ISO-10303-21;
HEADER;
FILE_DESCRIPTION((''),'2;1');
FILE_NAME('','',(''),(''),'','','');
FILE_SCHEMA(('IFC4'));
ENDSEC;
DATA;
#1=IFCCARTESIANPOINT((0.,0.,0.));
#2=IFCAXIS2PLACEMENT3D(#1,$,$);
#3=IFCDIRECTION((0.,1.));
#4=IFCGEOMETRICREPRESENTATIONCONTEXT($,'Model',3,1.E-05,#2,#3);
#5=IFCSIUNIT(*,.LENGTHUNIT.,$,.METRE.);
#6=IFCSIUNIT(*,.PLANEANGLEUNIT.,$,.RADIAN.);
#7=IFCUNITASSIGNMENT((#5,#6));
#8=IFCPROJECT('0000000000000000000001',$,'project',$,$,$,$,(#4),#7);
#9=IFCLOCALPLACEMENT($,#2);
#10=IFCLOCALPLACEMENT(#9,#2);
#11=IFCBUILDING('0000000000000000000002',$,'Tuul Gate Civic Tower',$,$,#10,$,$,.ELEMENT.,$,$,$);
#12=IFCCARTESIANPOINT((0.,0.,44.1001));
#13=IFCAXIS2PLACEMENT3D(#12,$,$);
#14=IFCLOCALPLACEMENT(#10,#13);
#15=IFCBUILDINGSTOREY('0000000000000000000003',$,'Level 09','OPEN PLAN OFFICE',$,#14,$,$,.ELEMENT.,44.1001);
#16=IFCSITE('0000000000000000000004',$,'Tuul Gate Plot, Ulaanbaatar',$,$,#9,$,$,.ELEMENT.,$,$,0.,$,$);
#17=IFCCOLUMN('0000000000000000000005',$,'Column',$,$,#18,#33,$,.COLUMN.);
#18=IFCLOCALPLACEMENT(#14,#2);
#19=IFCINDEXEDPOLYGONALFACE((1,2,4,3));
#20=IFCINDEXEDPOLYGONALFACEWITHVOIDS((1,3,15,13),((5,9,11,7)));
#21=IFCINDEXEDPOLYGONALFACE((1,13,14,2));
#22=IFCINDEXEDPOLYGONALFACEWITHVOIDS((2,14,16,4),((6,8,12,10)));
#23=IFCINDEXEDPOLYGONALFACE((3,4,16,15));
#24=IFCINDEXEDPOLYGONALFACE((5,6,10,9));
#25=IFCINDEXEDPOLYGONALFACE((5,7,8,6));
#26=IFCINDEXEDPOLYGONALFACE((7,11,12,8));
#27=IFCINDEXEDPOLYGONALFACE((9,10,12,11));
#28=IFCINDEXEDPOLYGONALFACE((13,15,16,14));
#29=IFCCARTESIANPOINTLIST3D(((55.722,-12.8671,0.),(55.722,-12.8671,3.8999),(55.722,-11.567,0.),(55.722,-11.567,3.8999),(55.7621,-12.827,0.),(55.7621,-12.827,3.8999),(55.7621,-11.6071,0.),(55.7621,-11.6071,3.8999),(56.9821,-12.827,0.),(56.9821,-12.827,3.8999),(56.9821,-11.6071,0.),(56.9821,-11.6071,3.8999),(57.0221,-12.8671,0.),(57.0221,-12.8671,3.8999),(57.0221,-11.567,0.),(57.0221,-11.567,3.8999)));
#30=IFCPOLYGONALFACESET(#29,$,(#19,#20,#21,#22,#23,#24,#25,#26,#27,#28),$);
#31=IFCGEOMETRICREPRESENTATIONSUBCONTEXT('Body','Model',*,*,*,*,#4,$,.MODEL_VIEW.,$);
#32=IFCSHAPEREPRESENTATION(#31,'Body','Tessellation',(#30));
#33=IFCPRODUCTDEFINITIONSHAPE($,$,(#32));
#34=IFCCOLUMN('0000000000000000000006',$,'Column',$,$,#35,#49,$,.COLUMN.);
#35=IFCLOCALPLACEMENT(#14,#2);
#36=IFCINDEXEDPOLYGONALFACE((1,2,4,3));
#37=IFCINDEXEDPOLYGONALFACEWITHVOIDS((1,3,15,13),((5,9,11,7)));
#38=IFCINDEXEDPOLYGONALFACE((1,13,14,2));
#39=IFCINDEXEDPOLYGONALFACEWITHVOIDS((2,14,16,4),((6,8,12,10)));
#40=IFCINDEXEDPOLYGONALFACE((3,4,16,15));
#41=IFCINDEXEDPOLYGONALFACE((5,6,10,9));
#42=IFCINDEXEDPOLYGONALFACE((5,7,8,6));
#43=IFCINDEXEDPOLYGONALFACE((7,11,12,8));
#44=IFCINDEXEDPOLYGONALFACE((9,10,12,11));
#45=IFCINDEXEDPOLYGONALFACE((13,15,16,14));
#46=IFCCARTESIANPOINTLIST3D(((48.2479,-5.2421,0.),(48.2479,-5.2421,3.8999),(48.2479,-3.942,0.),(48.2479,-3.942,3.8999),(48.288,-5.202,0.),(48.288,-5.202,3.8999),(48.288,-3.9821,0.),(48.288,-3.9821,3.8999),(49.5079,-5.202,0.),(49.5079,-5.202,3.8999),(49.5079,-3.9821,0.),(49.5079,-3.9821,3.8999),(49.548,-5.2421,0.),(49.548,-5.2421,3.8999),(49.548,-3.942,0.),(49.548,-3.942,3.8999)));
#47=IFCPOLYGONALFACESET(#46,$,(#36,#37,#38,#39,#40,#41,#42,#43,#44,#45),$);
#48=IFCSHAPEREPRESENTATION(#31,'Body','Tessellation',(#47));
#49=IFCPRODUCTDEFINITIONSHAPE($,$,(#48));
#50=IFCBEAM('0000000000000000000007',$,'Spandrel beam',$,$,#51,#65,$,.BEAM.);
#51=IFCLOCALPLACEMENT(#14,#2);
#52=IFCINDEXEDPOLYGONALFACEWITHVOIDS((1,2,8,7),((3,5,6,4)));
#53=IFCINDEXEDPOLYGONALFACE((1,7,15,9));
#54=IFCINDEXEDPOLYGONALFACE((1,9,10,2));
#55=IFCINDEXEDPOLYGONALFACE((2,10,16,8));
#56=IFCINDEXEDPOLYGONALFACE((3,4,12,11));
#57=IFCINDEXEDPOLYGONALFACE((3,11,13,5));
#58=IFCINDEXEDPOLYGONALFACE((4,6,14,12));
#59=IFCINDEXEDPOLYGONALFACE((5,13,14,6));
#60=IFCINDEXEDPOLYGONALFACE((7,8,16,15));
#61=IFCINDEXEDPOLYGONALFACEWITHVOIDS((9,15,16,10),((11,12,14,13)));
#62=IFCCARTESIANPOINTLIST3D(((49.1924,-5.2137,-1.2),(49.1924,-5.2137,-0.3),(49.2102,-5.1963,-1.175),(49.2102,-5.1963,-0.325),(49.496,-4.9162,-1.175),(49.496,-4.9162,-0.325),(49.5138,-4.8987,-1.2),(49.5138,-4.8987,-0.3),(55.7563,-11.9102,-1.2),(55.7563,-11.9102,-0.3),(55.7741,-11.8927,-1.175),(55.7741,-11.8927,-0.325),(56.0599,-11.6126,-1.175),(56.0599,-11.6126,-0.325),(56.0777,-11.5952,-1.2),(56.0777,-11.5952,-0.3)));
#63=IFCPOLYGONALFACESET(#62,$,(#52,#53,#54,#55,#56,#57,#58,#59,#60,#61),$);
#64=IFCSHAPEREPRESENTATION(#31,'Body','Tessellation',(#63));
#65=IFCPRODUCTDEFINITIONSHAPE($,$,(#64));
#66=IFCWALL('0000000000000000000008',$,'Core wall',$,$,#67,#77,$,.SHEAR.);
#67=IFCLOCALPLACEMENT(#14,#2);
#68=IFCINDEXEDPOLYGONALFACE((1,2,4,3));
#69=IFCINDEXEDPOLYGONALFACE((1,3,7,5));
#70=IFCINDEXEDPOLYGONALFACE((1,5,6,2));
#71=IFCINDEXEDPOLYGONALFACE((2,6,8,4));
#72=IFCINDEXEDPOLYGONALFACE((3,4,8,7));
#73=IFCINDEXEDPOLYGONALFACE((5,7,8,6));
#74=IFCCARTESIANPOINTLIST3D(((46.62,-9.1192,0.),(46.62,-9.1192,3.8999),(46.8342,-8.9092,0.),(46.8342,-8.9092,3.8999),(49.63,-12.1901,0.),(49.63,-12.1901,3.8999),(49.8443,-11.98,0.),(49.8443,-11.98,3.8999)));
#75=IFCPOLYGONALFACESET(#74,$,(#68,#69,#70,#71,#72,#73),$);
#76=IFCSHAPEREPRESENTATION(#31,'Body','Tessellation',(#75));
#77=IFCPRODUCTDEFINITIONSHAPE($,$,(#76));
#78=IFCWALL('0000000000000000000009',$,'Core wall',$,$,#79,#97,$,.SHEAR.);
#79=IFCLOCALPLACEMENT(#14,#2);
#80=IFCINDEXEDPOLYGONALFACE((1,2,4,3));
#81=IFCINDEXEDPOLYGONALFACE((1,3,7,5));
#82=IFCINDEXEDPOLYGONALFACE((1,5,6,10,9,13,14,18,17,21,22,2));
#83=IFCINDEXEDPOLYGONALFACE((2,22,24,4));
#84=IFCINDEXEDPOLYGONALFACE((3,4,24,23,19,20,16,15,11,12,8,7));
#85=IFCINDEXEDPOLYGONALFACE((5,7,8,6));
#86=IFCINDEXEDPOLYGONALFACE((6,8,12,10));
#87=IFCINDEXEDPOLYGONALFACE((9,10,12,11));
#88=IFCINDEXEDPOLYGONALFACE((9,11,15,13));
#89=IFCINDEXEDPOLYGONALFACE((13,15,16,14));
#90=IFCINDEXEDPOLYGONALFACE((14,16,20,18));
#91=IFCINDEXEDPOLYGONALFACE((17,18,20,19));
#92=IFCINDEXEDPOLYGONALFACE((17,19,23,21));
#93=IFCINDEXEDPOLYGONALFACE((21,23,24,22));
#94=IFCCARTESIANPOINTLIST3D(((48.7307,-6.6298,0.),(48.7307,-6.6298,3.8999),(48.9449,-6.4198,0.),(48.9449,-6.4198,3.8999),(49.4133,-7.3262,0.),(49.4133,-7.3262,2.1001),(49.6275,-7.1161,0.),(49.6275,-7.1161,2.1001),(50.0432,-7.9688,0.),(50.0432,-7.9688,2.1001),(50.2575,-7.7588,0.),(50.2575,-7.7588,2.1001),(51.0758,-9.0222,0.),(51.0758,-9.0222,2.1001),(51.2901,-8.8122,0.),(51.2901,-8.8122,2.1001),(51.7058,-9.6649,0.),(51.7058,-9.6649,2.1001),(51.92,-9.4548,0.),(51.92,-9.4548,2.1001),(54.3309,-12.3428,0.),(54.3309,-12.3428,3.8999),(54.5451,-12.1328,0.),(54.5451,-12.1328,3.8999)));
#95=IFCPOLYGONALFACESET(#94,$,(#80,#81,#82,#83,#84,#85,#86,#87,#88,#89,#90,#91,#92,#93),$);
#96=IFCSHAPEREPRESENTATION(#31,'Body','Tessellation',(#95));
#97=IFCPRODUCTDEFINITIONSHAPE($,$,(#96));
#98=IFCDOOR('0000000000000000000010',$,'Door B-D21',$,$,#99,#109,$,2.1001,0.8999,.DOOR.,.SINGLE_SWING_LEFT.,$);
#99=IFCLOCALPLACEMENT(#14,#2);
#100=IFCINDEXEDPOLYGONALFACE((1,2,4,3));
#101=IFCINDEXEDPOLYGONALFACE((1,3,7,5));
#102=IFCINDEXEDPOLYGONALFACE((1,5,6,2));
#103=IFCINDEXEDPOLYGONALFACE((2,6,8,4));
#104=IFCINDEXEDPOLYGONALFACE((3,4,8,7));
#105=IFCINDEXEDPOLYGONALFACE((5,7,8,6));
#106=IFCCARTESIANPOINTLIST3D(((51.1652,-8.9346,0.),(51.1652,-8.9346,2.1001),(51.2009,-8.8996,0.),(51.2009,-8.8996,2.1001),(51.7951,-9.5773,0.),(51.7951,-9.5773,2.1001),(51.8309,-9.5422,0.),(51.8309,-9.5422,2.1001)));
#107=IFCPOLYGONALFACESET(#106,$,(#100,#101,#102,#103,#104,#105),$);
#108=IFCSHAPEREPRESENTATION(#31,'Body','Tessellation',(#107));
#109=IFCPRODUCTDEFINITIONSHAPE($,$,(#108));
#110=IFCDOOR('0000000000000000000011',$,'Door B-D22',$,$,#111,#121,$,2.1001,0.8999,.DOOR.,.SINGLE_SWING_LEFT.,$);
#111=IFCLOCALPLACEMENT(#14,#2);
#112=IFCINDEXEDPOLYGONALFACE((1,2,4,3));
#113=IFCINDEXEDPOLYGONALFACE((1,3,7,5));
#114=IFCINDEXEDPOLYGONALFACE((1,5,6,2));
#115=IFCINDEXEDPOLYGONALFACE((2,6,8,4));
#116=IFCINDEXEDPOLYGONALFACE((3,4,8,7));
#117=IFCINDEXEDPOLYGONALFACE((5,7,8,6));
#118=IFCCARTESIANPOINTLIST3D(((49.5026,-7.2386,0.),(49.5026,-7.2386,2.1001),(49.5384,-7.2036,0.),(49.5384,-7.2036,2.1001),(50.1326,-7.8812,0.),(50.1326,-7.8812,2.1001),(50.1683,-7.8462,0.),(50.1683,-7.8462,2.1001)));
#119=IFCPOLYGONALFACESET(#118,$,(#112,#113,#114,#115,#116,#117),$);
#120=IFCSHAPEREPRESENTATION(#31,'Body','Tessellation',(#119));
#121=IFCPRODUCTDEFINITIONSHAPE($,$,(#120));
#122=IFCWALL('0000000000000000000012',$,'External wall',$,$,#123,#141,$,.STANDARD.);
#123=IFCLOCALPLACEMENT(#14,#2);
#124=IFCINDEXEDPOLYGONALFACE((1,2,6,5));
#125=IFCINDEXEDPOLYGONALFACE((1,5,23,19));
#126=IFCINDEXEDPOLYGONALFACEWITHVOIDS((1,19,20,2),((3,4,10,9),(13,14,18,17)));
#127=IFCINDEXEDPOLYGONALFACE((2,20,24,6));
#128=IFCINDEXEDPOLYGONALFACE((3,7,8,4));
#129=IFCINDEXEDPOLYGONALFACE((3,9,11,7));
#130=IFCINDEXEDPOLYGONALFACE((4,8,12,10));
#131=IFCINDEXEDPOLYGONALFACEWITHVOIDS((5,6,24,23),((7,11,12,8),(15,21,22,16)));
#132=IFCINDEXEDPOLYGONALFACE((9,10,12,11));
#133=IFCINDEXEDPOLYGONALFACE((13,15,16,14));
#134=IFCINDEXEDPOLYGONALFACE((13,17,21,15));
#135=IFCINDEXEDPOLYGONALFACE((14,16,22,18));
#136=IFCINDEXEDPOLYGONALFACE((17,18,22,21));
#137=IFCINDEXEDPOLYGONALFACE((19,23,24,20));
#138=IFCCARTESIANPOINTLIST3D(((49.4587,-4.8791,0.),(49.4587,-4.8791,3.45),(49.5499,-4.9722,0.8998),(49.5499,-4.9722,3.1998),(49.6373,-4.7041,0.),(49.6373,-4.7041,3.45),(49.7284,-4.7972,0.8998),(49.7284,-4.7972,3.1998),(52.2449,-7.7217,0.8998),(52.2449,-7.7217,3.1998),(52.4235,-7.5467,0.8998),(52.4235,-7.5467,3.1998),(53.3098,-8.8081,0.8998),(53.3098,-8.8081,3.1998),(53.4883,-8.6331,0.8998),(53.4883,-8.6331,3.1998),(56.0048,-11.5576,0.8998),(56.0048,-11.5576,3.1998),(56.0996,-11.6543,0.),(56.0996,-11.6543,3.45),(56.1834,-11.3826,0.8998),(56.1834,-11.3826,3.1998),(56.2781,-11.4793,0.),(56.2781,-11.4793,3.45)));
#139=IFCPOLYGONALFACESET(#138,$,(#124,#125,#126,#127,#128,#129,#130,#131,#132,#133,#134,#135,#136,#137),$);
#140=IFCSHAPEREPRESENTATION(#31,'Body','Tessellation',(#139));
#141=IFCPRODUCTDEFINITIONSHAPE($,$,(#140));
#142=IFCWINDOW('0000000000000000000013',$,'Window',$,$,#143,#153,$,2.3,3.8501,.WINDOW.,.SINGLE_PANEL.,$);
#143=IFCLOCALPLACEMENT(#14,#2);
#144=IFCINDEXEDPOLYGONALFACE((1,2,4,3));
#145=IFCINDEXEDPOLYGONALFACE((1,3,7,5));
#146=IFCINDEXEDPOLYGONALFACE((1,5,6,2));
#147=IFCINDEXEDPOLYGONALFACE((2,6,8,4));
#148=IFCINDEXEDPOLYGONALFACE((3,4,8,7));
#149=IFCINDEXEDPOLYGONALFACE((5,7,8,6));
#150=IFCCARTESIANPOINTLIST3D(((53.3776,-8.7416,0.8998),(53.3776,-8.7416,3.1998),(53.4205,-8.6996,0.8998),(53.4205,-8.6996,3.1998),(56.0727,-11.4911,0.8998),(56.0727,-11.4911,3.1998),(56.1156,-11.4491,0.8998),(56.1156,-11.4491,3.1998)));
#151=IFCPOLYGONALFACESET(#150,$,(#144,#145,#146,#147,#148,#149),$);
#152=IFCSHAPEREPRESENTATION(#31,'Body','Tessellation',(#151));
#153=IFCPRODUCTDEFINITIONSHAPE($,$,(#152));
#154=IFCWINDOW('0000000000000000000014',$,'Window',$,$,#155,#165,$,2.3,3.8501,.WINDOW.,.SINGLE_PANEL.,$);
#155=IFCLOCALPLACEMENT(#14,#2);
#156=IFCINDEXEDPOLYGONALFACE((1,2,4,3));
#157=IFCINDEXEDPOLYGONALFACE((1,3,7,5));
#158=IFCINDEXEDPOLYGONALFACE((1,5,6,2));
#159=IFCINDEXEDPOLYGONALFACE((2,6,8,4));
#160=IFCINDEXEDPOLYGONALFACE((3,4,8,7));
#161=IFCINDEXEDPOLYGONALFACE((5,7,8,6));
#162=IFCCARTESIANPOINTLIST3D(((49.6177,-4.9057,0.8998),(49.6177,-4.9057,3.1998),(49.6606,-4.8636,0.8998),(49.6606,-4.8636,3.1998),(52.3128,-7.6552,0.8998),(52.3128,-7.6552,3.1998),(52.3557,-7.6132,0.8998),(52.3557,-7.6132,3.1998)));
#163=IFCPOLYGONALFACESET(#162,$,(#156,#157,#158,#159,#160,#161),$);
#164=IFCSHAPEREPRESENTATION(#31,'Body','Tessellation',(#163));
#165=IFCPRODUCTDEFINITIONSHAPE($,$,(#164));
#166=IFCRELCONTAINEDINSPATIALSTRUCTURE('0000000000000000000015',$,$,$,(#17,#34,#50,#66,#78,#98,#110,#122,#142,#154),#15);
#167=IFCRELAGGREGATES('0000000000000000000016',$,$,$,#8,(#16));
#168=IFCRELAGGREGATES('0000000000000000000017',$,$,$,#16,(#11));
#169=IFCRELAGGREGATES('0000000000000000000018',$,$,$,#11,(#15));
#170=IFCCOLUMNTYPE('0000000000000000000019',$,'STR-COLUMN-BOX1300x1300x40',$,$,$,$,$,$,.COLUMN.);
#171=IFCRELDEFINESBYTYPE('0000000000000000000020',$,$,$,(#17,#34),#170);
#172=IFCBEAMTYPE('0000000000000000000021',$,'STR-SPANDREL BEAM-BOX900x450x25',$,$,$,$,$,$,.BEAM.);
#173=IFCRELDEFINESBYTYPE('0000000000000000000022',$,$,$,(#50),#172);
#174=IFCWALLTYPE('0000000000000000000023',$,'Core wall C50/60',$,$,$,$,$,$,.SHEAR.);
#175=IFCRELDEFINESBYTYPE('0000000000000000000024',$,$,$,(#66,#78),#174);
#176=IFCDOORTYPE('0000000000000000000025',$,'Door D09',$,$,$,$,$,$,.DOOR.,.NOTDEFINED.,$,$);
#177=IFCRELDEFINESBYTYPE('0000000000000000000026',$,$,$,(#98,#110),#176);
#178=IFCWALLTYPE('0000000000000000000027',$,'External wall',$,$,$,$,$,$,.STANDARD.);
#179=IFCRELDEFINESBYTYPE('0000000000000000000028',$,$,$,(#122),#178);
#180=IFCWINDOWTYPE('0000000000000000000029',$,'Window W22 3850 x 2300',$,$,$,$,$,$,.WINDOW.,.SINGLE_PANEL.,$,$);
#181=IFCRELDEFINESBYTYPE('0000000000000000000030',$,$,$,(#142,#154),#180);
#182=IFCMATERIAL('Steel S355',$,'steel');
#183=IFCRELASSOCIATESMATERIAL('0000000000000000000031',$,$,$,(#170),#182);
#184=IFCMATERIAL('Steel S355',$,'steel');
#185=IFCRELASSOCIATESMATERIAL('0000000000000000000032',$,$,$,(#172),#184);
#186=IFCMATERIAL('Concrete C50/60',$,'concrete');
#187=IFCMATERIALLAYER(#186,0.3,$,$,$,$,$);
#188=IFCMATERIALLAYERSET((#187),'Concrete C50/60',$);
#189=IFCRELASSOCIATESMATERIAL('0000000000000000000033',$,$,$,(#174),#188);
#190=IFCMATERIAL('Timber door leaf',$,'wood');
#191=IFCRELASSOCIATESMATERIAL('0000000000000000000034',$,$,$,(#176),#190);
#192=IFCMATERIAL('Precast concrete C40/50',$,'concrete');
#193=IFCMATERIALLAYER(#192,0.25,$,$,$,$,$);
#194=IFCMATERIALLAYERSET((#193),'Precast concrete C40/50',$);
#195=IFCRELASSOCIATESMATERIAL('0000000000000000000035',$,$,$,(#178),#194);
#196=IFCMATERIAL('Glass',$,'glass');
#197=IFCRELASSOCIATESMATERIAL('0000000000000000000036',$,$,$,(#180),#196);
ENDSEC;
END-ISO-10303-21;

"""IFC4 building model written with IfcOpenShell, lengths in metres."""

from ifc_helpers import new_model, si_unit, direction, frame, frame_2d, origin, origin_2d, place, context, subcontext, project, spatial, rectangle, hollow_rectangle, extrude, material, layer, layer_set, material_profile, profile_set, type_object, element, fill, save


model = new_model("IFC4")

# Units and contexts
model_context = context("Model", 3, precision=1e-05, world=origin(), true_north=direction((0.0, 1.0)))
body_context = subcontext(model_context, "Body", "Model", "MODEL_VIEW")
ifc_project = project(units=[si_unit("LENGTHUNIT", "METRE"), si_unit("PLANEANGLEUNIT", "RADIAN")], contexts=[model_context])

# Site, building, storey
site_placement = place(None, origin())
site = spatial("IfcSite", under=ifc_project, at=site_placement, Name="Tuul Gate Plot, Ulaanbaatar", CompositionType="ELEMENT", RefElevation=0.0)
building_placement = place(site_placement, origin())
building = spatial("IfcBuilding", under=site, at=building_placement, Name="Tuul Gate Civic Tower", CompositionType="ELEMENT")
storey_placement = place(building_placement, frame((0.0, 0.0, 44.1001)))
storey = spatial("IfcBuildingStorey", under=building, at=storey_placement, Name="Level 09", Description="OPEN PLAN OFFICE", CompositionType="ELEMENT", Elevation=44.1001)

# Columns
ifc_material_1 = material(Name="Steel S355", Category="steel")
ifc_material_profile_1 = material_profile(ifc_material_1, hollow_rectangle(XDim=1.3, YDim=1.3, WallThickness=0.04, at=origin_2d()), Name="BOX1300x1300x40")
ifc_profile_set_1 = profile_set([ifc_material_profile_1], Name="Steel S355")
column_type = type_object("IfcColumnType", Name="STR-COLUMN-BOX1300x1300x40", PredefinedType="COLUMN", material=ifc_profile_set_1)
for number, where, z_axis, x_axis, name in (
    (1, (56.3721, -12.217, 0.0), (0.0, 0.0, 1.0), (1.0, 0.0, 0.0), "Column"),
    (2, (48.8979, -4.592, 0.0), (0.0, 0.0, 1.0), (1.0, 0.0, 0.0), "Column"),
):
    element("IfcColumn", number, at=place(storey_placement, frame(where, z_axis=z_axis, x_axis=x_axis)), inside=storey, type_object=column_type, Name=name, PredefinedType="COLUMN", context=body_context, shape_type="SweptSolid", body=[
        extrude(hollow_rectangle(XDim=1.3, YDim=1.3, WallThickness=0.04, at=origin_2d()), origin(), (0.0, 0.0, 1.0), 3.8999),
    ])

# Beam
ifc_material_2 = material(Name="Steel S355", Category="steel")
ifc_material_profile_2 = material_profile(ifc_material_2, hollow_rectangle(XDim=0.45, YDim=0.8999, WallThickness=0.0249, at=origin_2d()), Name="BOX900x450x25")
ifc_profile_set_2 = profile_set([ifc_material_profile_2], Name="Steel S355")
beam_type = type_object("IfcBeamType", Name="STR-SPANDREL BEAM-BOX900x450x25", PredefinedType="BEAM", material=ifc_profile_set_2)
beam_placement = place(storey_placement, frame((55.917, -11.7527, -0.75), z_axis=(-0.700003, 0.71414, 0.0), x_axis=(-0.71414, -0.700003, 0.0)))
element("IfcBeam", 3, at=beam_placement, inside=storey, type_object=beam_type, Name="Spandrel beam", PredefinedType="BEAM", context=body_context, shape_type="SweptSolid", body=[
    extrude(hollow_rectangle(XDim=0.45, YDim=0.8999, WallThickness=0.0249, at=origin_2d()), origin(), (0.0, 0.0, 1.0), 9.377),
])

# Wall
ifc_material_3 = material(Name="Concrete C50/60", Category="concrete")
ifc_layer_1 = layer(ifc_material_3, 0.3)
ifc_layer_set_1 = layer_set([ifc_layer_1], Name="Concrete C50/60")
wall_type_1 = type_object("IfcWallType", Name="Core wall C50/60", PredefinedType="SHEAR", material=ifc_layer_set_1)
wall_1_placement = place(storey_placement, frame((49.7371, -12.085, 0.0), z_axis=(0.0, 0.0, 1.0), x_axis=(-0.700003, 0.71414, 0.0)))
element("IfcWall", 4, at=wall_1_placement, inside=storey, type_object=wall_type_1, Name="Core wall", PredefinedType="SHEAR", context=body_context, shape_type="SweptSolid", body=[
    extrude(rectangle(XDim=4.3, YDim=0.3, at=frame_2d((2.1499, 0.0))), origin(), (0.0, 0.0, 1.0), 3.8999),
])

# Wall, openings, doors
wall_2_placement = place(storey_placement, frame((54.438, -12.2378, 0.0), z_axis=(0.0, 0.0, 1.0), x_axis=(-0.700022, 0.714121, 0.0)))
wall_2 = element("IfcWall", 5, at=wall_2_placement, inside=storey, type_object=wall_type_1, Name="Core wall", PredefinedType="SHEAR", context=body_context, shape_type="SweptSolid", body=[
    extrude(rectangle(XDim=8.0, YDim=0.3, at=frame_2d((4.0, 0.0))), origin(), (0.0, 0.0, 1.0), 3.8999),
])
opening_1_placement = place(wall_2_placement, frame((3.75, 0.0, 0.0)))
opening_1 = element("IfcOpeningElement", 6, at=opening_1_placement, cuts=wall_2, PredefinedType="OPENING", context=body_context, shape_type="SweptSolid", body=[
    extrude(rectangle(XDim=0.8999, YDim=2.1001, at=frame_2d((0.45, 1.05))), frame((0.0, 0.1602, 0.0), z_axis=(0.0, -1.0, 0.0), x_axis=(1.0, 0.0, 0.0)), (0.0, 0.0, 1.0), 0.3201),
])
opening_2_placement = place(wall_2_placement, frame((6.125, 0.0, 0.0)))
opening_2 = element("IfcOpeningElement", 7, at=opening_2_placement, cuts=wall_2, PredefinedType="OPENING", context=body_context, shape_type="SweptSolid", body=[
    extrude(rectangle(XDim=0.8999, YDim=2.1001, at=frame_2d((0.45, 1.05))), frame((0.0, 0.1602, 0.0), z_axis=(0.0, -1.0, 0.0), x_axis=(1.0, 0.0, 0.0)), (0.0, 0.0, 1.0), 0.3201),
])
ifc_material_4 = material(Name="Timber door leaf", Category="wood")
door_type = type_object("IfcDoorType", Name="Door D09", OperationType="NOTDEFINED", PredefinedType="DOOR", material=ifc_material_4)
door_1_placement = place(opening_1_placement, origin())
door_1 = element("IfcDoor", 8, at=door_1_placement, inside=storey, type_object=door_type, Name="Door B-D21", OperationType="SINGLE_SWING_LEFT", OverallHeight=2.1001, OverallWidth=0.8999, PredefinedType="DOOR", context=body_context, shape_type="SweptSolid", body=[
    extrude(rectangle(XDim=0.8999, YDim=2.1001, at=frame_2d((0.45, 1.05))), frame((0.0, 0.0249, 0.0), z_axis=(0.0, -1.0, 0.0), x_axis=(1.0, 0.0, 0.0)), (0.0, 0.0, 1.0), 0.05),
])
fill(opening_1, door_1)
door_2_placement = place(opening_2_placement, origin())
door_2 = element("IfcDoor", 9, at=door_2_placement, inside=storey, type_object=door_type, Name="Door B-D22", OperationType="SINGLE_SWING_LEFT", OverallHeight=2.1001, OverallWidth=0.8999, PredefinedType="DOOR", context=body_context, shape_type="SweptSolid", body=[
    extrude(rectangle(XDim=0.8999, YDim=2.1001, at=frame_2d((0.45, 1.05))), frame((0.0, 0.0249, 0.0), z_axis=(0.0, -1.0, 0.0), x_axis=(1.0, 0.0, 0.0)), (0.0, 0.0, 1.0), 0.05),
])
fill(opening_2, door_2)

# Wall, openings, windows
ifc_material_5 = material(Name="Precast concrete C40/50", Category="concrete")
ifc_layer_2 = layer(ifc_material_5, 0.25)
ifc_layer_set_2 = layer_set([ifc_layer_2], Name="Precast concrete C40/50")
wall_type_2 = type_object("IfcWallType", Name="External wall", PredefinedType="STANDARD", material=ifc_layer_set_2)
wall_3_placement = place(storey_placement, frame((56.189, -11.5669, 0.0), z_axis=(0.0, 0.0, 1.0), x_axis=(-0.699994, 0.714148, 0.0)))
wall_3 = element("IfcWall", 10, at=wall_3_placement, inside=storey, type_object=wall_type_2, Name="External wall", PredefinedType="STANDARD", context=body_context, shape_type="SweptSolid", body=[
    extrude(rectangle(XDim=9.4871, YDim=0.25, at=frame_2d((4.7437, 0.0))), origin(), (0.0, 0.0, 1.0), 3.45),
])
opening_3_placement = place(wall_3_placement, frame((0.1355, 0.0, 0.8999)))
opening_3 = element("IfcOpeningElement", 11, at=opening_3_placement, cuts=wall_3, PredefinedType="OPENING", context=body_context, shape_type="SweptSolid", body=[
    extrude(rectangle(XDim=3.8501, YDim=2.3, at=frame_2d((1.925, 1.1499))), frame((0.0, 0.135, 0.0), z_axis=(0.0, -1.0, 0.0), x_axis=(1.0, 0.0, 0.0)), (0.0, 0.0, 1.0), 0.27),
])
opening_4_placement = place(wall_3_placement, frame((5.5068, 0.0, 0.8999)))
opening_4 = element("IfcOpeningElement", 12, at=opening_4_placement, cuts=wall_3, PredefinedType="OPENING", context=body_context, shape_type="SweptSolid", body=[
    extrude(rectangle(XDim=3.8501, YDim=2.3, at=frame_2d((1.925, 1.1499))), frame((0.0, 0.135, 0.0), z_axis=(0.0, -1.0, 0.0), x_axis=(1.0, 0.0, 0.0)), (0.0, 0.0, 1.0), 0.27),
])
ifc_material_6 = material(Name="Glass", Category="glass")
window_type = type_object("IfcWindowType", Name="Window W22 3850 x 2300", PartitioningType="SINGLE_PANEL", PredefinedType="WINDOW", material=ifc_material_6)
window_1_placement = place(opening_3_placement, origin())
window_1 = element("IfcWindow", 13, at=window_1_placement, inside=storey, type_object=window_type, Name="Window", OverallHeight=2.3, OverallWidth=3.8501, PartitioningType="SINGLE_PANEL", PredefinedType="WINDOW", context=body_context, shape_type="SweptSolid", body=[
    extrude(rectangle(XDim=3.8501, YDim=2.3, at=frame_2d((1.925, 1.1499))), frame((0.0, 0.03, 0.0), z_axis=(0.0, -1.0, 0.0), x_axis=(1.0, 0.0, 0.0)), (0.0, 0.0, 1.0), 0.0601),
])
fill(opening_3, window_1)
window_2_placement = place(opening_4_placement, origin())
window_2 = element("IfcWindow", 14, at=window_2_placement, inside=storey, type_object=window_type, Name="Window", OverallHeight=2.3, OverallWidth=3.8501, PartitioningType="SINGLE_PANEL", PredefinedType="WINDOW", context=body_context, shape_type="SweptSolid", body=[
    extrude(rectangle(XDim=3.8501, YDim=2.3, at=frame_2d((1.925, 1.1499))), frame((0.0, 0.03, 0.0), z_axis=(0.0, -1.0, 0.0), x_axis=(1.0, 0.0, 0.0)), (0.0, 0.0, 1.0), 0.0601),
])
fill(opening_4, window_2)

save(model, "model.ifc")
